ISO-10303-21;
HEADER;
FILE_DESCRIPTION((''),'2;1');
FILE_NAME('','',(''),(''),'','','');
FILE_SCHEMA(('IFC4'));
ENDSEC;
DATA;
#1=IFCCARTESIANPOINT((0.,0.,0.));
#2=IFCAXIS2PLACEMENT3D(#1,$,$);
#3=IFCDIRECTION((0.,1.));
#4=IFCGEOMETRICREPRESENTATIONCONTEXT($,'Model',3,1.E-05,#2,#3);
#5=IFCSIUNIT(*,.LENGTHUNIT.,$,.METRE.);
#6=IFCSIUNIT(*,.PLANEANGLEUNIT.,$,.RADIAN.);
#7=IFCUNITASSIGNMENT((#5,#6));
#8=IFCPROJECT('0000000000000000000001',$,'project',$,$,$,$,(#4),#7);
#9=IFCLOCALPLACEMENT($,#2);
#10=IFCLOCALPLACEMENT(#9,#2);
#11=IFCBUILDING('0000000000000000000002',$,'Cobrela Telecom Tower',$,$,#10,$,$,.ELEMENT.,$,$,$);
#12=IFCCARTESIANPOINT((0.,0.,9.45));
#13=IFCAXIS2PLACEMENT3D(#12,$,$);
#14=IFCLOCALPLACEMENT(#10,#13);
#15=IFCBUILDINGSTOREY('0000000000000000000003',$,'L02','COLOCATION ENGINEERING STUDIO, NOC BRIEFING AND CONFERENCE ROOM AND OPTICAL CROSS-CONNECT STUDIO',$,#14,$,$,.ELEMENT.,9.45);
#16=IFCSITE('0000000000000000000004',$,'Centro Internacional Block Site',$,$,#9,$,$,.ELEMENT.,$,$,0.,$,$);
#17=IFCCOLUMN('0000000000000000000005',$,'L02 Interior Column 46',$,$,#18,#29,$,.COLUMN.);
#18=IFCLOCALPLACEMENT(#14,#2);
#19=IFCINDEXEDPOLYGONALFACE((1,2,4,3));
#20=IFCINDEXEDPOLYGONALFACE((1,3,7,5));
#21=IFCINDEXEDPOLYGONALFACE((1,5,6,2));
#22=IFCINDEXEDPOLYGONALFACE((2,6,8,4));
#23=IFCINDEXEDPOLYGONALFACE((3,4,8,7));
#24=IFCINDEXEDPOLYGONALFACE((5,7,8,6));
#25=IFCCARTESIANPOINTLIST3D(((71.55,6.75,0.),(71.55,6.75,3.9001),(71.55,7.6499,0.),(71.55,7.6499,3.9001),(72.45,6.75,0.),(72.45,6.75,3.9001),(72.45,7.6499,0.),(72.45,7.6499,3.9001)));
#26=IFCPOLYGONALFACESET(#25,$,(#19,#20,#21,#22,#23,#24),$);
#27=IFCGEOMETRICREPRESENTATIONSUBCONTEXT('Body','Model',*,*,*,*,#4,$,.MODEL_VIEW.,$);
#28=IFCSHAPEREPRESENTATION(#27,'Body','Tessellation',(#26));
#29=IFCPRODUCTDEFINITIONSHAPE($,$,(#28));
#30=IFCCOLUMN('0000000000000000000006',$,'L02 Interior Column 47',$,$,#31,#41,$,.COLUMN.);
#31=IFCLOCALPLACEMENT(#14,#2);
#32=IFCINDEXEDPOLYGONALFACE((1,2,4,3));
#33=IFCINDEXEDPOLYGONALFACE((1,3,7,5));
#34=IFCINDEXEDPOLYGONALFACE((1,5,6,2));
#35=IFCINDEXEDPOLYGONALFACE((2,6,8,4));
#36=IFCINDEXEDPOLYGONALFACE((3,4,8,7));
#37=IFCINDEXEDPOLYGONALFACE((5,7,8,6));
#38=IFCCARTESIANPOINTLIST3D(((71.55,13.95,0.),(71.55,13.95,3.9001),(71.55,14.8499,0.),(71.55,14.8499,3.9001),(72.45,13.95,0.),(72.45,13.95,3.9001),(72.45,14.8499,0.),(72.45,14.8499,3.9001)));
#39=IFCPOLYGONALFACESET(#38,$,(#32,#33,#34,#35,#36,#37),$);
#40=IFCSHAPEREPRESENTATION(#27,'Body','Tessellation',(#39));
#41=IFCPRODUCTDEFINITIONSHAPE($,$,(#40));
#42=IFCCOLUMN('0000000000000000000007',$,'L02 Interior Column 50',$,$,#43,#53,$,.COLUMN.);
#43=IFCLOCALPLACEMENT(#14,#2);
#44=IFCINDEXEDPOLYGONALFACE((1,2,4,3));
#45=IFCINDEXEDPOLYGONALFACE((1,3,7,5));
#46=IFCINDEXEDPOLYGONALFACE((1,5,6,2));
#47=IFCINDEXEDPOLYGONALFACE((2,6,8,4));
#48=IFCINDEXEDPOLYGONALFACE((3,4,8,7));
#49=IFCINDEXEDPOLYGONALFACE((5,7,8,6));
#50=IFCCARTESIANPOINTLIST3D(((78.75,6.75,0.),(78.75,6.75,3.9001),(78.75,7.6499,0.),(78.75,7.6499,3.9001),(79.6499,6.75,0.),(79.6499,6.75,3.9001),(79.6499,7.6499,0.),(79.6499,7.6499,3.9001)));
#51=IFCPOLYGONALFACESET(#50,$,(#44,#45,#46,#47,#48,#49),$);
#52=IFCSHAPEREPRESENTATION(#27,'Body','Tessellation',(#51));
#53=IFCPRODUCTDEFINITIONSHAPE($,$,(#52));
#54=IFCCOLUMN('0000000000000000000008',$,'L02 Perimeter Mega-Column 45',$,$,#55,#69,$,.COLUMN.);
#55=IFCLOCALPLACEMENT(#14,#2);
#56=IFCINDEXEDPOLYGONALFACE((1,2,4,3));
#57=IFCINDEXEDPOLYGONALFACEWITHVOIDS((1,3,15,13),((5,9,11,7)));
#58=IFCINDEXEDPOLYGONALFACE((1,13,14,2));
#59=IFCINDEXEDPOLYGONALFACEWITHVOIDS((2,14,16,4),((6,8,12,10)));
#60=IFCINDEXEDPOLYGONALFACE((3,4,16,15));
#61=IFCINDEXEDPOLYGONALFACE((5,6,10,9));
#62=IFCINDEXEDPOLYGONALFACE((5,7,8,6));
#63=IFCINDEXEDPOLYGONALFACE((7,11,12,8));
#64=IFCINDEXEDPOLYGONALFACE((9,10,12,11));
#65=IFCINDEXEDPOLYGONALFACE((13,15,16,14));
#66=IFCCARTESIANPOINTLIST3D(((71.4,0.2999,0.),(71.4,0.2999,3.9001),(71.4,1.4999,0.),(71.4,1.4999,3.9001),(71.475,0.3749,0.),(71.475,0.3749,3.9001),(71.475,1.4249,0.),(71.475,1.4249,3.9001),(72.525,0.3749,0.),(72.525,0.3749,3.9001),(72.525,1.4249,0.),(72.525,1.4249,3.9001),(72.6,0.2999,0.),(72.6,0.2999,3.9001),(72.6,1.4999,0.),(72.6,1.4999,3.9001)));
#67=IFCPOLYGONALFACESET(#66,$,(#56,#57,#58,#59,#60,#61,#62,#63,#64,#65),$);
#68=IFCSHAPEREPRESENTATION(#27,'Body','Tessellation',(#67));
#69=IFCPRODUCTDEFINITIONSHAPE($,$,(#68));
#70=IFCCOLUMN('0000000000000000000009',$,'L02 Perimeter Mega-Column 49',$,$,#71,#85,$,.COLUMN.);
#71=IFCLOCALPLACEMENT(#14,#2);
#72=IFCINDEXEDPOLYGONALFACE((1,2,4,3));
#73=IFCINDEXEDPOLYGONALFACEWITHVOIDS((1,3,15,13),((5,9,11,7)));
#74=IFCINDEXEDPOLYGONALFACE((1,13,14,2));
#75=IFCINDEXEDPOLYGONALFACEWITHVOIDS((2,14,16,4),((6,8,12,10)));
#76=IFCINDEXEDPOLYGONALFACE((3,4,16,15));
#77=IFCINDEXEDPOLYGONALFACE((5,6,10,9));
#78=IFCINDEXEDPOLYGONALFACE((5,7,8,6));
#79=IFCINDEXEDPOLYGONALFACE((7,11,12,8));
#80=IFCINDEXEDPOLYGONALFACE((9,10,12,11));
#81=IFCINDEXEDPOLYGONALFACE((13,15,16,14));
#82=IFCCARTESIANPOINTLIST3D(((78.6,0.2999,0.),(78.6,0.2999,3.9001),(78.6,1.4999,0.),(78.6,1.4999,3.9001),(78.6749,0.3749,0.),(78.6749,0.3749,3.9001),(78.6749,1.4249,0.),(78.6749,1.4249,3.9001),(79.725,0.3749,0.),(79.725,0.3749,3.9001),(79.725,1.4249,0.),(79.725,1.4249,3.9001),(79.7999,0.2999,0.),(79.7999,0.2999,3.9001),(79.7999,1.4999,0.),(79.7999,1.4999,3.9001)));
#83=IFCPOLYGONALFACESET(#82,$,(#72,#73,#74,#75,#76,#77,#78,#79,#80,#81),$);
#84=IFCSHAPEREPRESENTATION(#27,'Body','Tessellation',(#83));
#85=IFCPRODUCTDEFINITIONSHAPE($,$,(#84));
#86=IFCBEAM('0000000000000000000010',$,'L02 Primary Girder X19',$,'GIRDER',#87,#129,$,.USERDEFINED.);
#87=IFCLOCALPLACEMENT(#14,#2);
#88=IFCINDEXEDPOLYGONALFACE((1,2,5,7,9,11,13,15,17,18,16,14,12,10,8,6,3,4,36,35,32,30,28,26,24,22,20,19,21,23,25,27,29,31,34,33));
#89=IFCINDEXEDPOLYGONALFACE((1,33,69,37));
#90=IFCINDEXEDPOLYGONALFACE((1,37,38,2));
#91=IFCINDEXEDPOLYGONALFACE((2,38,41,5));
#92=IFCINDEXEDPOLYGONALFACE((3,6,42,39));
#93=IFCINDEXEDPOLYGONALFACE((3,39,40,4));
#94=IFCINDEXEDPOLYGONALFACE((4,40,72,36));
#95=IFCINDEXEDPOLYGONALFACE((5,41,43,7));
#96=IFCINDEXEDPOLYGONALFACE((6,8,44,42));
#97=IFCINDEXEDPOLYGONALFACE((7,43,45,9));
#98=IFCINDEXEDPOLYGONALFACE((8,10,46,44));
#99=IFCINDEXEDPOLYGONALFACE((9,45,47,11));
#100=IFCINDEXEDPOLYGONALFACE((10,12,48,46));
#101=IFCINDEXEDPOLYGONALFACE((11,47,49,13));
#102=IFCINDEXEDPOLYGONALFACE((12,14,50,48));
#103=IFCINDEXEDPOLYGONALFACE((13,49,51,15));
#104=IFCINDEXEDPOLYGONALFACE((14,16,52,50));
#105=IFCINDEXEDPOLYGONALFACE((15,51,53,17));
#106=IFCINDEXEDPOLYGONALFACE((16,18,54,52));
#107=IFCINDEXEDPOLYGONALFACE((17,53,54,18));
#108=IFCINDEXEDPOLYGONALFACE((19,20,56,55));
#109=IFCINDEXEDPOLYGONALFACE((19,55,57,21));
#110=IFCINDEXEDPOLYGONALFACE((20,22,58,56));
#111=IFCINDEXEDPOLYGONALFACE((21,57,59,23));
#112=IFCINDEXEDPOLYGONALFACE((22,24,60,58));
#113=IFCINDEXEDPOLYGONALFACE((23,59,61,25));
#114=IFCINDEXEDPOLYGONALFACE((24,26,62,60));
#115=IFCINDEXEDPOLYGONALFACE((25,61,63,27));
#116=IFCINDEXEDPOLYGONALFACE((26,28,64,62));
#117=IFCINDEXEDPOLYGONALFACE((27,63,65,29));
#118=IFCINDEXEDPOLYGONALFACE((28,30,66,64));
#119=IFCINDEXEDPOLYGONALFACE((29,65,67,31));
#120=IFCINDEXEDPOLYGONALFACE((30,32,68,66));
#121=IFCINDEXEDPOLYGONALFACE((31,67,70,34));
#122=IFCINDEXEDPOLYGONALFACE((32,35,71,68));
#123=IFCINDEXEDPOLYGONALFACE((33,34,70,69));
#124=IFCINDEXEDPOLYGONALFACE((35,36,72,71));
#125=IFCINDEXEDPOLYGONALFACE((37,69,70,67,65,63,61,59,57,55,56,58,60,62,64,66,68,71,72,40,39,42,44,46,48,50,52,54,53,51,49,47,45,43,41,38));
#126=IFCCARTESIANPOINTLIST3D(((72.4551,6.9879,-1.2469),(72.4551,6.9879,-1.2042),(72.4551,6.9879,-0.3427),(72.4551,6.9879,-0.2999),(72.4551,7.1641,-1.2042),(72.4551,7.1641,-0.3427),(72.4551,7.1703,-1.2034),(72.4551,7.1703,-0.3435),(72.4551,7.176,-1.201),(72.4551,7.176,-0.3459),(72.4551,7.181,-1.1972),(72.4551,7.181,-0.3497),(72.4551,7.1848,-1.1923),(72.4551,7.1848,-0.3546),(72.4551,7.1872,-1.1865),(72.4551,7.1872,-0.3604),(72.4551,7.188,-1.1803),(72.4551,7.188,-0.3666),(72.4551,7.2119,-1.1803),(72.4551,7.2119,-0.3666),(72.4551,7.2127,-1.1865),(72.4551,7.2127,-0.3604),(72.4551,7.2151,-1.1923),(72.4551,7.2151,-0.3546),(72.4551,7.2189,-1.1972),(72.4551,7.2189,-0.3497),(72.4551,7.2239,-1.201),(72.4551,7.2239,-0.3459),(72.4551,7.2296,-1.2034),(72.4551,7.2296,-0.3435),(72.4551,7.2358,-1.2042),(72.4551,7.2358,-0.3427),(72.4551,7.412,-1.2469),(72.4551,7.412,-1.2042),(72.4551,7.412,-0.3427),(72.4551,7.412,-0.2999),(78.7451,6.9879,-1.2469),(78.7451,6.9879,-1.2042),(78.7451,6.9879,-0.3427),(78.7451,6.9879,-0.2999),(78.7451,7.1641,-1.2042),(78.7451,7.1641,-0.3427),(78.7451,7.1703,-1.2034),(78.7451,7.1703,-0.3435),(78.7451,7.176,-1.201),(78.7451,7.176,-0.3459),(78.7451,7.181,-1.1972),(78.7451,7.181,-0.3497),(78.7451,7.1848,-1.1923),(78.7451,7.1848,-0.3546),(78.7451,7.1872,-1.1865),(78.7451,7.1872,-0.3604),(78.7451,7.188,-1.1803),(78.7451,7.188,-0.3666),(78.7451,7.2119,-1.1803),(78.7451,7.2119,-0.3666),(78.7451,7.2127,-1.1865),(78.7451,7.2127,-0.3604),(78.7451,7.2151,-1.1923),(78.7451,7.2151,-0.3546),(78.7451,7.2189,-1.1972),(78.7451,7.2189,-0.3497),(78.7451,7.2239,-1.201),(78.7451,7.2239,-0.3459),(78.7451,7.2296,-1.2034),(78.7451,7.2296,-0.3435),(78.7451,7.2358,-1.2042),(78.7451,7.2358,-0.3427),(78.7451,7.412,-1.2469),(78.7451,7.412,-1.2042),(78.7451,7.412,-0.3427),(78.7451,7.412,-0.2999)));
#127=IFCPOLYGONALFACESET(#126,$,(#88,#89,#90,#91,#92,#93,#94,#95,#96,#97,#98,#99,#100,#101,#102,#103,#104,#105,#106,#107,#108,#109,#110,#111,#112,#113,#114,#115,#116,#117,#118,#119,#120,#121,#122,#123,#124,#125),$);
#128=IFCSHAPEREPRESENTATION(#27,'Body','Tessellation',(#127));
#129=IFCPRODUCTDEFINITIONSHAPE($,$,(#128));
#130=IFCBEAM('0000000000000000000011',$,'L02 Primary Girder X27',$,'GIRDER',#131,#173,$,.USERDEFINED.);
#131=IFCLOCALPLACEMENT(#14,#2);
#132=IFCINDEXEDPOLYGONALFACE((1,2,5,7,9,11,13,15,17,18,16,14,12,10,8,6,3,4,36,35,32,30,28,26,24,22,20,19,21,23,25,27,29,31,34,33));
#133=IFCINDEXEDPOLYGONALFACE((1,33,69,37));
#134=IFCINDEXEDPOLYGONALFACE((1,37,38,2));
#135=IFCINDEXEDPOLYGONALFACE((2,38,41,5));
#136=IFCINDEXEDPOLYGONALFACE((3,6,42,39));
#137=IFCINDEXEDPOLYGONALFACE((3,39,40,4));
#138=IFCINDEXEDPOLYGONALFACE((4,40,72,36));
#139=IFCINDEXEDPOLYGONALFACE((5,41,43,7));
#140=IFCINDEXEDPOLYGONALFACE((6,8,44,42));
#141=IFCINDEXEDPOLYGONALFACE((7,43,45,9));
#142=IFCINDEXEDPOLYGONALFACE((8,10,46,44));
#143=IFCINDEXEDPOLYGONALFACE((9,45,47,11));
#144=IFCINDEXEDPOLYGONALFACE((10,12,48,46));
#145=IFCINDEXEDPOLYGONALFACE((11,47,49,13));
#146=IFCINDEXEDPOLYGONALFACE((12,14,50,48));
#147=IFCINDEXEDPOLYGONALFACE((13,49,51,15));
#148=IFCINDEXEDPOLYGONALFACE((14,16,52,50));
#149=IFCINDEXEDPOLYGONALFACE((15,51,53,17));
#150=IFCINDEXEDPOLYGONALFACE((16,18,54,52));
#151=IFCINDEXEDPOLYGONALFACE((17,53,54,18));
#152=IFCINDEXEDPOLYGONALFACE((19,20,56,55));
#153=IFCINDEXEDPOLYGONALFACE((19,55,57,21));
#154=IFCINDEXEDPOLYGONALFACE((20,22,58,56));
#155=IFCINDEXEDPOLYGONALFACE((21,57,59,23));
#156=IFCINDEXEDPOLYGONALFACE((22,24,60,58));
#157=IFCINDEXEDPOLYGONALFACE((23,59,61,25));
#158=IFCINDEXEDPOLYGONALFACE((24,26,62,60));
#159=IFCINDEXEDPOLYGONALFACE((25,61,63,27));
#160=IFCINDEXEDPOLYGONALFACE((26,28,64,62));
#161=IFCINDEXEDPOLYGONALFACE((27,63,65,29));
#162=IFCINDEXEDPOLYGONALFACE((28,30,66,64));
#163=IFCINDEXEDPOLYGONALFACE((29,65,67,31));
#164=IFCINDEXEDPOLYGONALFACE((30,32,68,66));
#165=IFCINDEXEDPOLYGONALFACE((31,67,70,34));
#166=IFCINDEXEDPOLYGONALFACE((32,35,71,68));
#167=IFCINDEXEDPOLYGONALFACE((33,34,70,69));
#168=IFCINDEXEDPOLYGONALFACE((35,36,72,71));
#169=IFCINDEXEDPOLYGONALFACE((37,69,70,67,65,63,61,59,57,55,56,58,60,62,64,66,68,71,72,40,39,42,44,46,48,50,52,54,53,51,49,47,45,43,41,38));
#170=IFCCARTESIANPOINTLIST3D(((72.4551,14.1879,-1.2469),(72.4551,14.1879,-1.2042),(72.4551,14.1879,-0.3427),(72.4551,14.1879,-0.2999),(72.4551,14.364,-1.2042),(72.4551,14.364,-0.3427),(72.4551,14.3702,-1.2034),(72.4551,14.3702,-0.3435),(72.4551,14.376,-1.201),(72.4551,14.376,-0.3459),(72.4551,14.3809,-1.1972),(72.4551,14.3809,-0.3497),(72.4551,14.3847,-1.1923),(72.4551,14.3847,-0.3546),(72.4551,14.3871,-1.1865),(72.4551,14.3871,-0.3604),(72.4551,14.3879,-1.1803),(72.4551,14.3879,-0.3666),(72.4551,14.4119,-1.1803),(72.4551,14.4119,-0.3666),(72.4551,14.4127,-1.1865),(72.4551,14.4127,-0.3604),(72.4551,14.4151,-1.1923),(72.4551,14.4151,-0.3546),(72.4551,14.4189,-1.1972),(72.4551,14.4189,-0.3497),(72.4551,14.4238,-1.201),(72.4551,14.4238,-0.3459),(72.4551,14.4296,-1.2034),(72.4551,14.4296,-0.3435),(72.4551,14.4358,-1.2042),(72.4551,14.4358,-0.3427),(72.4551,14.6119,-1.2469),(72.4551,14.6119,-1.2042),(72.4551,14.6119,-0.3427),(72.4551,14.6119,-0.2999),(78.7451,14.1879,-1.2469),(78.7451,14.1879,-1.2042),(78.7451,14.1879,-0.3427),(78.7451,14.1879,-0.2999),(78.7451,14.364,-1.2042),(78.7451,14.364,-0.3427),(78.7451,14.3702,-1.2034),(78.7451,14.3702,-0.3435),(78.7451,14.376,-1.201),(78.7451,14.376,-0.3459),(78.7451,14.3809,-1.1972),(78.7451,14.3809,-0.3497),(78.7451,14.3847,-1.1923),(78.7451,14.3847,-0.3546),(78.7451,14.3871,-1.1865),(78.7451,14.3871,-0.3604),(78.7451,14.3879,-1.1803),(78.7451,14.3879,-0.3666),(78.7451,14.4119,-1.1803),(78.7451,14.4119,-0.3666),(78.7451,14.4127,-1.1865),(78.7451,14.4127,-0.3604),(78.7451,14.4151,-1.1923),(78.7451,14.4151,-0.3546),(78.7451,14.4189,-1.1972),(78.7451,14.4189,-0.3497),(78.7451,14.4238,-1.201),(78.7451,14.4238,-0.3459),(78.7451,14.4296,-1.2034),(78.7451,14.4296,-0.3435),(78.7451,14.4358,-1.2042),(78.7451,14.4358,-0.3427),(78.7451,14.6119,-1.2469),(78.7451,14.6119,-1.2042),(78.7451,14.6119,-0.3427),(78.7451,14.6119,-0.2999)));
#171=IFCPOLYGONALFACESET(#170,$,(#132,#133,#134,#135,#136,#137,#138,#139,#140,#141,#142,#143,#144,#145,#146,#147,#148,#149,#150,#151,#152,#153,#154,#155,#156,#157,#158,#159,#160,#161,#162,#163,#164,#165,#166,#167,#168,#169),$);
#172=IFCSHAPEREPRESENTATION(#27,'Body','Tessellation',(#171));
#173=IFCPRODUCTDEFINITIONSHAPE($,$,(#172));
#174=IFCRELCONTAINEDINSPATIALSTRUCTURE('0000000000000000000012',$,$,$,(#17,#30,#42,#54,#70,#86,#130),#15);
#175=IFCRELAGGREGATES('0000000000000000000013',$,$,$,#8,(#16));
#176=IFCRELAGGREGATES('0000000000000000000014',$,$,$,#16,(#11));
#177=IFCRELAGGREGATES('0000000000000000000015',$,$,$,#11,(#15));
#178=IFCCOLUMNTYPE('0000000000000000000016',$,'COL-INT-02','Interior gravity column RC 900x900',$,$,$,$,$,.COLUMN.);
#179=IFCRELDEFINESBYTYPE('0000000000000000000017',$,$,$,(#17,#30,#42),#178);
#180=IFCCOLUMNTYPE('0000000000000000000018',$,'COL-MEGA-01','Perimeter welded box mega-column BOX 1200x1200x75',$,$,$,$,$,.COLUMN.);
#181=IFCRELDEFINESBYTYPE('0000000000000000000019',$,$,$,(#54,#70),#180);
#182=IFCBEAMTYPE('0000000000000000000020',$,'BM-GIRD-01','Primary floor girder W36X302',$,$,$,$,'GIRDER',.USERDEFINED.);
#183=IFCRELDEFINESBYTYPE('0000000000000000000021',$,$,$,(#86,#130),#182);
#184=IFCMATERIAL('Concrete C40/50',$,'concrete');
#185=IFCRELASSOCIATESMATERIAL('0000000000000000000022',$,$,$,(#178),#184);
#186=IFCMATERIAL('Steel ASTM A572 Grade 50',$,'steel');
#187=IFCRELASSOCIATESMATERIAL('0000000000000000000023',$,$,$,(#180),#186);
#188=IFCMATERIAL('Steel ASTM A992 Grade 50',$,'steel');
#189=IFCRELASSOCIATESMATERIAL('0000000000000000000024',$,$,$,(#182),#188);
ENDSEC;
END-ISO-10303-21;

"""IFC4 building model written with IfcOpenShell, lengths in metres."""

from ifc_helpers import new_model, si_unit, direction, frame, origin, origin_2d, place, context, subcontext, project, spatial, rectangle, hollow_rectangle, i_section, extrude, material, material_profile, profile_set, type_object, element, save


model = new_model("IFC4")

# Units and contexts
model_context = context("Model", 3, precision=1e-05, world=origin(), true_north=direction((0.0, 1.0)))
body_context = subcontext(model_context, "Body", "Model", "MODEL_VIEW")
ifc_project = project(units=[si_unit("LENGTHUNIT", "METRE"), si_unit("PLANEANGLEUNIT", "RADIAN")], contexts=[model_context])

# Site, building, storey
site_placement = place(None, origin())
site = spatial("IfcSite", under=ifc_project, at=site_placement, Name="Centro Internacional Block Site", CompositionType="ELEMENT", RefElevation=0.0)
building_placement = place(site_placement, origin())
building = spatial("IfcBuilding", under=site, at=building_placement, Name="Cobrela Telecom Tower", CompositionType="ELEMENT")
storey_placement = place(building_placement, frame((0.0, 0.0, 9.45)))
storey = spatial("IfcBuildingStorey", under=building, at=storey_placement, Name="L02", Description="COLOCATION ENGINEERING STUDIO, NOC BRIEFING AND CONFERENCE ROOM AND OPTICAL CROSS-CONNECT STUDIO", CompositionType="ELEMENT", Elevation=9.45)

# Columns
ifc_material_1 = material(Name="Concrete C40/50", Category="concrete")
ifc_material_profile_1 = material_profile(ifc_material_1, rectangle(XDim=0.8999, YDim=0.8999, at=origin_2d()), Name="RC 900x900")
ifc_profile_set_1 = profile_set([ifc_material_profile_1], Name="Concrete C40/50")
column_type_1 = type_object("IfcColumnType", Name="COL-INT-02", Description="Interior gravity column RC 900x900", PredefinedType="COLUMN", material=ifc_profile_set_1)
for number, where, z_axis, x_axis, name in (
    (1, (72.0, 7.2, 0.0), (0.0, 0.0, 1.0), (1.0, 0.0, 0.0), "L02 Interior Column 46"),
    (2, (72.0, 14.3999, 0.0), (0.0, 0.0, 1.0), (1.0, 0.0, 0.0), "L02 Interior Column 47"),
    (3, (79.2, 7.2, 0.0), (0.0, 0.0, 1.0), (1.0, 0.0, 0.0), "L02 Interior Column 50"),
):
    element("IfcColumn", number, at=place(storey_placement, frame(where, z_axis=z_axis, x_axis=x_axis)), inside=storey, type_object=column_type_1, Name=name, PredefinedType="COLUMN", context=body_context, shape_type="SweptSolid", body=[
        extrude(rectangle(XDim=0.8999, YDim=0.8999, at=origin_2d()), origin(), (0.0, 0.0, 1.0), 3.9001),
    ])
ifc_material_2 = material(Name="Steel ASTM A572 Grade 50", Category="steel")
ifc_material_profile_2 = material_profile(ifc_material_2, hollow_rectangle(XDim=1.2, YDim=1.2, WallThickness=0.075, at=origin_2d()), Name="BOX 1200x1200x75")
ifc_profile_set_2 = profile_set([ifc_material_profile_2], Name="Steel ASTM A572 Grade 50")
column_type_2 = type_object("IfcColumnType", Name="COL-MEGA-01", Description="Perimeter welded box mega-column BOX 1200x1200x75", PredefinedType="COLUMN", material=ifc_profile_set_2)
for number, where, z_axis, x_axis, name in (
    (4, (72.0, 0.8999, 0.0), (0.0, 0.0, 1.0), (1.0, 0.0, 0.0), "L02 Perimeter Mega-Column 45"),
    (5, (79.2, 0.8999, 0.0), (0.0, 0.0, 1.0), (1.0, 0.0, 0.0), "L02 Perimeter Mega-Column 49"),
):
    element("IfcColumn", number, at=place(storey_placement, frame(where, z_axis=z_axis, x_axis=x_axis)), inside=storey, type_object=column_type_2, Name=name, PredefinedType="COLUMN", context=body_context, shape_type="SweptSolid", body=[
        extrude(hollow_rectangle(XDim=1.2, YDim=1.2, WallThickness=0.075, at=origin_2d()), origin(), (0.0, 0.0, 1.0), 3.9001),
    ])

# Beams
ifc_material_3 = material(Name="Steel ASTM A992 Grade 50", Category="steel")
ifc_material_profile_3 = material_profile(ifc_material_3, i_section(OverallWidth=0.4241, OverallDepth=0.947, WebThickness=0.0239, FlangeThickness=0.0427, FilletRadius=0.0239, at=origin_2d()), Name="W36X302")
ifc_profile_set_3 = profile_set([ifc_material_profile_3], Name="Steel ASTM A992 Grade 50")
beam_type_1 = type_object("IfcBeamType", Name="BM-GIRD-01", Description="Primary floor girder W36X302", ElementType="GIRDER", PredefinedType="USERDEFINED", material=ifc_profile_set_3)
for number, where, z_axis, x_axis, name in (
    (6, (72.4551, 7.2, -0.7734), (1.0, 0.0, 0.0), (0.0, 1.0, 0.0), "L02 Primary Girder X19"),
    (7, (72.4551, 14.3999, -0.7734), (1.0, 0.0, 0.0), (0.0, 1.0, 0.0), "L02 Primary Girder X27"),
):
    element("IfcBeam", number, at=place(storey_placement, frame(where, z_axis=z_axis, x_axis=x_axis)), inside=storey, type_object=beam_type_1, Name=name, ObjectType="GIRDER", PredefinedType="USERDEFINED", context=body_context, shape_type="SweptSolid", body=[
        extrude(i_section(OverallWidth=0.4241, OverallDepth=0.947, WebThickness=0.0239, FlangeThickness=0.0427, FilletRadius=0.0239, at=origin_2d()), origin(), (0.0, 0.0, 1.0), 6.29),
    ])

save(model, "model.ifc")
